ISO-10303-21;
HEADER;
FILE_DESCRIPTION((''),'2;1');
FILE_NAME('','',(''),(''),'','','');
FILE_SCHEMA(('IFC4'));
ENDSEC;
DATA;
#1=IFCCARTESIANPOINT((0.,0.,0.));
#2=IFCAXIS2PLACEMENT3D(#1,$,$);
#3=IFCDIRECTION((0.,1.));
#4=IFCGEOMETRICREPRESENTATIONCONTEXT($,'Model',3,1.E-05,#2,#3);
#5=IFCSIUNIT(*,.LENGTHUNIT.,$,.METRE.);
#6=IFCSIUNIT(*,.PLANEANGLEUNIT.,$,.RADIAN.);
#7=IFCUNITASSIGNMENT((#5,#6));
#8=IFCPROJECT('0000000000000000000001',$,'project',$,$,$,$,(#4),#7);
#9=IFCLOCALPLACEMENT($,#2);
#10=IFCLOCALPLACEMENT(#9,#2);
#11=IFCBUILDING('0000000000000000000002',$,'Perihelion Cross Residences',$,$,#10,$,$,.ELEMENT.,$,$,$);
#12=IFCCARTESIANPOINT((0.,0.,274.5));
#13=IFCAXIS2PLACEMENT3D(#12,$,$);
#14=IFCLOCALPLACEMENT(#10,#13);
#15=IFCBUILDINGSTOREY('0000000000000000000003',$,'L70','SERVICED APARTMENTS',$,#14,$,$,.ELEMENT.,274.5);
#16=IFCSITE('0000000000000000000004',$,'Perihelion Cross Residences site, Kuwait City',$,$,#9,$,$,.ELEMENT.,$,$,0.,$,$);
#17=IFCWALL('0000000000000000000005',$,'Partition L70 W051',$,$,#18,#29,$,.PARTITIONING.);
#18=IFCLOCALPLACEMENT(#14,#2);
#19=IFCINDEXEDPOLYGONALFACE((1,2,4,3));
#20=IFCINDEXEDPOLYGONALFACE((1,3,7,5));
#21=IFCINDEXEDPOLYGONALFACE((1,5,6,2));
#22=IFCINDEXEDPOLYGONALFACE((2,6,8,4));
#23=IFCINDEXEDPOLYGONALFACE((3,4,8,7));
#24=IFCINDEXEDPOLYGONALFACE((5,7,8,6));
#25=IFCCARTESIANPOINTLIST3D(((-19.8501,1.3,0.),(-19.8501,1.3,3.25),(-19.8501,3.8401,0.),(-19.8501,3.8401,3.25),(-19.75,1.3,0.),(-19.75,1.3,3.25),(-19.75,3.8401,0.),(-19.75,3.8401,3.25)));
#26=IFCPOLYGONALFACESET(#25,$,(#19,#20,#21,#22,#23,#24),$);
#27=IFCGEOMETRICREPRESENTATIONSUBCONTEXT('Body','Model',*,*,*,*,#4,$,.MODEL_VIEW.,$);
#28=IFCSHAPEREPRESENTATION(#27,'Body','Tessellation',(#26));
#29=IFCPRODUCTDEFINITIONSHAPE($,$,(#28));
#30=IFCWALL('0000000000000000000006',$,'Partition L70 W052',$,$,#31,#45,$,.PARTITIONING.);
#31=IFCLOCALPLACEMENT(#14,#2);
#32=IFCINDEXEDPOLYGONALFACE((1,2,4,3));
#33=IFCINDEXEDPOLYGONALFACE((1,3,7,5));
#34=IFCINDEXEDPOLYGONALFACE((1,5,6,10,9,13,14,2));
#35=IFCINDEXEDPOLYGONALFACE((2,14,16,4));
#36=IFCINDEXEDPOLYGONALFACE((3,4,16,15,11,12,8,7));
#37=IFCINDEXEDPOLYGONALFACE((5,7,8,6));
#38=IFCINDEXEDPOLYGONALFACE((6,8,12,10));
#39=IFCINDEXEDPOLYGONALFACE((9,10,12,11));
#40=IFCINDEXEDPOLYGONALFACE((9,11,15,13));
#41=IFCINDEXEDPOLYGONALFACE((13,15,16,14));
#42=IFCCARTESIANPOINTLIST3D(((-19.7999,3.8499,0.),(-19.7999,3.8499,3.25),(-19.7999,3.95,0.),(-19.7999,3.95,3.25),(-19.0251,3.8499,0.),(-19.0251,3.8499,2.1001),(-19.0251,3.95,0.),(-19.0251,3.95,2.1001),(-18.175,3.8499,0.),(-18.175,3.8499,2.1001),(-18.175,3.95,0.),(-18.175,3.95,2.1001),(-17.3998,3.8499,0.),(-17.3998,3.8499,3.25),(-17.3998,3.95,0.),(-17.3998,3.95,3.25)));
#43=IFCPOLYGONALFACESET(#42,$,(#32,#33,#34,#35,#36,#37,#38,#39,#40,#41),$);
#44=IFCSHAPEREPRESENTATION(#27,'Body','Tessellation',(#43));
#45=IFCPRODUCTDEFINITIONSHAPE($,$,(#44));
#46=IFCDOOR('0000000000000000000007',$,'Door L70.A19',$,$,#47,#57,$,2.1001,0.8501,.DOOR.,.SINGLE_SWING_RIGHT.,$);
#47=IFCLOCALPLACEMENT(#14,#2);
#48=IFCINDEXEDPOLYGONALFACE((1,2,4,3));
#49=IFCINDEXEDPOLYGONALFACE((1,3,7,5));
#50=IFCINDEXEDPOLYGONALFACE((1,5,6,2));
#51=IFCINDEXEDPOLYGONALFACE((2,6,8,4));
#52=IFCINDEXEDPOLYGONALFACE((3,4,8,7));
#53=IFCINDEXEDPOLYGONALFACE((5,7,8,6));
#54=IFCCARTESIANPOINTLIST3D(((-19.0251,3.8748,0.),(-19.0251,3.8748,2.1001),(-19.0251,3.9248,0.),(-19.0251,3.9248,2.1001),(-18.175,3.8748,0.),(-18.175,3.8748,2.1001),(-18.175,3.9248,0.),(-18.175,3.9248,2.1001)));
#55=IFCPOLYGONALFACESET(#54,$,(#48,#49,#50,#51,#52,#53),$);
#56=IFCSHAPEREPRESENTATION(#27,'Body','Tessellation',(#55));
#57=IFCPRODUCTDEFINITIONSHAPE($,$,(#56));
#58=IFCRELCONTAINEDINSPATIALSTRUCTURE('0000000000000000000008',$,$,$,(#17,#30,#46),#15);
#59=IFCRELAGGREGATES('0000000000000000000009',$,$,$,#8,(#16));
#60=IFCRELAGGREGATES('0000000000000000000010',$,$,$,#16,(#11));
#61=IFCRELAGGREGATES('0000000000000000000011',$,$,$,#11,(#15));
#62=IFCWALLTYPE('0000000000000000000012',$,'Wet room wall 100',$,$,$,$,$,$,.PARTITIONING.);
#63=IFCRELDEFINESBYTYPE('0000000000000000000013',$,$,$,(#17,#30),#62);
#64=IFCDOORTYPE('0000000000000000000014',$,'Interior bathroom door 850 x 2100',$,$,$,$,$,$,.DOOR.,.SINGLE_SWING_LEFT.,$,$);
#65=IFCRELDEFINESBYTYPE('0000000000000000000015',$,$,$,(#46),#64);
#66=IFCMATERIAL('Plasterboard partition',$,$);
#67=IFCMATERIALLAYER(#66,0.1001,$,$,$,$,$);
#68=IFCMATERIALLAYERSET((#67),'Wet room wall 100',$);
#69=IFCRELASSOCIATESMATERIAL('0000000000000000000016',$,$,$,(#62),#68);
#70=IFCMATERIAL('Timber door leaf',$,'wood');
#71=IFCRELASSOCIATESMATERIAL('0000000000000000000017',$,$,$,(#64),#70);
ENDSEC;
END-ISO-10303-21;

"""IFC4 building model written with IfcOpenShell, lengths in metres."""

from ifc_helpers import new_model, si_unit, direction, frame, frame_2d, origin, place, context, subcontext, project, spatial, rectangle, extrude, material, layer, layer_set, type_object, element, fill, save


model = new_model("IFC4")

# Units and contexts
model_context = context("Model", 3, precision=1e-05, world=origin(), true_north=direction((0.0, 1.0)))
body_context = subcontext(model_context, "Body", "Model", "MODEL_VIEW")
ifc_project = project(units=[si_unit("LENGTHUNIT", "METRE"), si_unit("PLANEANGLEUNIT", "RADIAN")], contexts=[model_context])

# Site, building, storey
site_placement = place(None, origin())
site = spatial("IfcSite", under=ifc_project, at=site_placement, Name="Perihelion Cross Residences site, Kuwait City", CompositionType="ELEMENT", RefElevation=0.0)
building_placement = place(site_placement, origin())
building = spatial("IfcBuilding", under=site, at=building_placement, Name="Perihelion Cross Residences", CompositionType="ELEMENT")
storey_placement = place(building_placement, frame((0.0, 0.0, 274.5)))
storey = spatial("IfcBuildingStorey", under=building, at=storey_placement, Name="L70", Description="SERVICED APARTMENTS", CompositionType="ELEMENT", Elevation=274.5)

# Wall
ifc_material_1 = material(Name="Plasterboard partition")
ifc_layer_1 = layer(ifc_material_1, 0.1001)
ifc_layer_set_1 = layer_set([ifc_layer_1], Name="Wet room wall 100")
wall_type_1 = type_object("IfcWallType", Name="Wet room wall 100", PredefinedType="PARTITIONING", material=ifc_layer_set_1)
for number, where, z_axis, x_axis, name in (
    (1, (-19.8, 1.3, 0.0), (0.0, 0.0, 1.0), (0.0, 1.0, 0.0), "Partition L70 W051"),
):
    element("IfcWall", number, at=place(storey_placement, frame(where, z_axis=z_axis, x_axis=x_axis)), inside=storey, type_object=wall_type_1, Name=name, PredefinedType="PARTITIONING", context=body_context, shape_type="SweptSolid", body=[
        extrude(rectangle(XDim=2.54, YDim=0.1001, at=frame_2d((1.27, 0.0))), origin(), (0.0, 0.0, 1.0), 3.25),
    ])

# Wall, opening, door
wall_1_placement = place(storey_placement, frame((-19.8, 3.8999, 0.0), z_axis=(0.0, 0.0, 1.0), x_axis=(1.0, 0.0, 0.0)))
wall_1 = element("IfcWall", 2, at=wall_1_placement, inside=storey, type_object=wall_type_1, Name="Partition L70 W052", PredefinedType="PARTITIONING", context=body_context, shape_type="SweptSolid", body=[
    extrude(rectangle(XDim=2.4001, YDim=0.1001, at=frame_2d((1.2002, 0.0))), origin(), (0.0, 0.0, 1.0), 3.25),
])
opening_1_placement = place(wall_1_placement, frame((0.7749, 0.0, 0.0)))
opening_1 = element("IfcOpeningElement", 3, at=opening_1_placement, cuts=wall_1, PredefinedType="OPENING", context=body_context, shape_type="SweptSolid", body=[
    extrude(rectangle(XDim=0.8501, YDim=2.1001, at=frame_2d((0.425, 1.05))), frame((0.0, 0.0601, 0.0), z_axis=(0.0, -1.0, 0.0), x_axis=(1.0, 0.0, 0.0)), (0.0, 0.0, 1.0), 0.1201),
])
ifc_material_2 = material(Name="Timber door leaf", Category="wood")
door_type_1 = type_object("IfcDoorType", Name="Interior bathroom door 850 x 2100", OperationType="SINGLE_SWING_LEFT", PredefinedType="DOOR", material=ifc_material_2)
door_1_placement = place(opening_1_placement, origin())
door_1 = element("IfcDoor", 4, at=door_1_placement, inside=storey, type_object=door_type_1, Name="Door L70.A19", OperationType="SINGLE_SWING_RIGHT", OverallHeight=2.1001, OverallWidth=0.8501, PredefinedType="DOOR", context=body_context, shape_type="SweptSolid", body=[
    extrude(rectangle(XDim=0.8501, YDim=2.1001, at=frame_2d((0.425, 1.05))), frame((0.0, 0.0249, 0.0), z_axis=(0.0, -1.0, 0.0), x_axis=(1.0, 0.0, 0.0)), (0.0, 0.0, 1.0), 0.05),
])
fill(opening_1, door_1)

save(model, "model.ifc")
